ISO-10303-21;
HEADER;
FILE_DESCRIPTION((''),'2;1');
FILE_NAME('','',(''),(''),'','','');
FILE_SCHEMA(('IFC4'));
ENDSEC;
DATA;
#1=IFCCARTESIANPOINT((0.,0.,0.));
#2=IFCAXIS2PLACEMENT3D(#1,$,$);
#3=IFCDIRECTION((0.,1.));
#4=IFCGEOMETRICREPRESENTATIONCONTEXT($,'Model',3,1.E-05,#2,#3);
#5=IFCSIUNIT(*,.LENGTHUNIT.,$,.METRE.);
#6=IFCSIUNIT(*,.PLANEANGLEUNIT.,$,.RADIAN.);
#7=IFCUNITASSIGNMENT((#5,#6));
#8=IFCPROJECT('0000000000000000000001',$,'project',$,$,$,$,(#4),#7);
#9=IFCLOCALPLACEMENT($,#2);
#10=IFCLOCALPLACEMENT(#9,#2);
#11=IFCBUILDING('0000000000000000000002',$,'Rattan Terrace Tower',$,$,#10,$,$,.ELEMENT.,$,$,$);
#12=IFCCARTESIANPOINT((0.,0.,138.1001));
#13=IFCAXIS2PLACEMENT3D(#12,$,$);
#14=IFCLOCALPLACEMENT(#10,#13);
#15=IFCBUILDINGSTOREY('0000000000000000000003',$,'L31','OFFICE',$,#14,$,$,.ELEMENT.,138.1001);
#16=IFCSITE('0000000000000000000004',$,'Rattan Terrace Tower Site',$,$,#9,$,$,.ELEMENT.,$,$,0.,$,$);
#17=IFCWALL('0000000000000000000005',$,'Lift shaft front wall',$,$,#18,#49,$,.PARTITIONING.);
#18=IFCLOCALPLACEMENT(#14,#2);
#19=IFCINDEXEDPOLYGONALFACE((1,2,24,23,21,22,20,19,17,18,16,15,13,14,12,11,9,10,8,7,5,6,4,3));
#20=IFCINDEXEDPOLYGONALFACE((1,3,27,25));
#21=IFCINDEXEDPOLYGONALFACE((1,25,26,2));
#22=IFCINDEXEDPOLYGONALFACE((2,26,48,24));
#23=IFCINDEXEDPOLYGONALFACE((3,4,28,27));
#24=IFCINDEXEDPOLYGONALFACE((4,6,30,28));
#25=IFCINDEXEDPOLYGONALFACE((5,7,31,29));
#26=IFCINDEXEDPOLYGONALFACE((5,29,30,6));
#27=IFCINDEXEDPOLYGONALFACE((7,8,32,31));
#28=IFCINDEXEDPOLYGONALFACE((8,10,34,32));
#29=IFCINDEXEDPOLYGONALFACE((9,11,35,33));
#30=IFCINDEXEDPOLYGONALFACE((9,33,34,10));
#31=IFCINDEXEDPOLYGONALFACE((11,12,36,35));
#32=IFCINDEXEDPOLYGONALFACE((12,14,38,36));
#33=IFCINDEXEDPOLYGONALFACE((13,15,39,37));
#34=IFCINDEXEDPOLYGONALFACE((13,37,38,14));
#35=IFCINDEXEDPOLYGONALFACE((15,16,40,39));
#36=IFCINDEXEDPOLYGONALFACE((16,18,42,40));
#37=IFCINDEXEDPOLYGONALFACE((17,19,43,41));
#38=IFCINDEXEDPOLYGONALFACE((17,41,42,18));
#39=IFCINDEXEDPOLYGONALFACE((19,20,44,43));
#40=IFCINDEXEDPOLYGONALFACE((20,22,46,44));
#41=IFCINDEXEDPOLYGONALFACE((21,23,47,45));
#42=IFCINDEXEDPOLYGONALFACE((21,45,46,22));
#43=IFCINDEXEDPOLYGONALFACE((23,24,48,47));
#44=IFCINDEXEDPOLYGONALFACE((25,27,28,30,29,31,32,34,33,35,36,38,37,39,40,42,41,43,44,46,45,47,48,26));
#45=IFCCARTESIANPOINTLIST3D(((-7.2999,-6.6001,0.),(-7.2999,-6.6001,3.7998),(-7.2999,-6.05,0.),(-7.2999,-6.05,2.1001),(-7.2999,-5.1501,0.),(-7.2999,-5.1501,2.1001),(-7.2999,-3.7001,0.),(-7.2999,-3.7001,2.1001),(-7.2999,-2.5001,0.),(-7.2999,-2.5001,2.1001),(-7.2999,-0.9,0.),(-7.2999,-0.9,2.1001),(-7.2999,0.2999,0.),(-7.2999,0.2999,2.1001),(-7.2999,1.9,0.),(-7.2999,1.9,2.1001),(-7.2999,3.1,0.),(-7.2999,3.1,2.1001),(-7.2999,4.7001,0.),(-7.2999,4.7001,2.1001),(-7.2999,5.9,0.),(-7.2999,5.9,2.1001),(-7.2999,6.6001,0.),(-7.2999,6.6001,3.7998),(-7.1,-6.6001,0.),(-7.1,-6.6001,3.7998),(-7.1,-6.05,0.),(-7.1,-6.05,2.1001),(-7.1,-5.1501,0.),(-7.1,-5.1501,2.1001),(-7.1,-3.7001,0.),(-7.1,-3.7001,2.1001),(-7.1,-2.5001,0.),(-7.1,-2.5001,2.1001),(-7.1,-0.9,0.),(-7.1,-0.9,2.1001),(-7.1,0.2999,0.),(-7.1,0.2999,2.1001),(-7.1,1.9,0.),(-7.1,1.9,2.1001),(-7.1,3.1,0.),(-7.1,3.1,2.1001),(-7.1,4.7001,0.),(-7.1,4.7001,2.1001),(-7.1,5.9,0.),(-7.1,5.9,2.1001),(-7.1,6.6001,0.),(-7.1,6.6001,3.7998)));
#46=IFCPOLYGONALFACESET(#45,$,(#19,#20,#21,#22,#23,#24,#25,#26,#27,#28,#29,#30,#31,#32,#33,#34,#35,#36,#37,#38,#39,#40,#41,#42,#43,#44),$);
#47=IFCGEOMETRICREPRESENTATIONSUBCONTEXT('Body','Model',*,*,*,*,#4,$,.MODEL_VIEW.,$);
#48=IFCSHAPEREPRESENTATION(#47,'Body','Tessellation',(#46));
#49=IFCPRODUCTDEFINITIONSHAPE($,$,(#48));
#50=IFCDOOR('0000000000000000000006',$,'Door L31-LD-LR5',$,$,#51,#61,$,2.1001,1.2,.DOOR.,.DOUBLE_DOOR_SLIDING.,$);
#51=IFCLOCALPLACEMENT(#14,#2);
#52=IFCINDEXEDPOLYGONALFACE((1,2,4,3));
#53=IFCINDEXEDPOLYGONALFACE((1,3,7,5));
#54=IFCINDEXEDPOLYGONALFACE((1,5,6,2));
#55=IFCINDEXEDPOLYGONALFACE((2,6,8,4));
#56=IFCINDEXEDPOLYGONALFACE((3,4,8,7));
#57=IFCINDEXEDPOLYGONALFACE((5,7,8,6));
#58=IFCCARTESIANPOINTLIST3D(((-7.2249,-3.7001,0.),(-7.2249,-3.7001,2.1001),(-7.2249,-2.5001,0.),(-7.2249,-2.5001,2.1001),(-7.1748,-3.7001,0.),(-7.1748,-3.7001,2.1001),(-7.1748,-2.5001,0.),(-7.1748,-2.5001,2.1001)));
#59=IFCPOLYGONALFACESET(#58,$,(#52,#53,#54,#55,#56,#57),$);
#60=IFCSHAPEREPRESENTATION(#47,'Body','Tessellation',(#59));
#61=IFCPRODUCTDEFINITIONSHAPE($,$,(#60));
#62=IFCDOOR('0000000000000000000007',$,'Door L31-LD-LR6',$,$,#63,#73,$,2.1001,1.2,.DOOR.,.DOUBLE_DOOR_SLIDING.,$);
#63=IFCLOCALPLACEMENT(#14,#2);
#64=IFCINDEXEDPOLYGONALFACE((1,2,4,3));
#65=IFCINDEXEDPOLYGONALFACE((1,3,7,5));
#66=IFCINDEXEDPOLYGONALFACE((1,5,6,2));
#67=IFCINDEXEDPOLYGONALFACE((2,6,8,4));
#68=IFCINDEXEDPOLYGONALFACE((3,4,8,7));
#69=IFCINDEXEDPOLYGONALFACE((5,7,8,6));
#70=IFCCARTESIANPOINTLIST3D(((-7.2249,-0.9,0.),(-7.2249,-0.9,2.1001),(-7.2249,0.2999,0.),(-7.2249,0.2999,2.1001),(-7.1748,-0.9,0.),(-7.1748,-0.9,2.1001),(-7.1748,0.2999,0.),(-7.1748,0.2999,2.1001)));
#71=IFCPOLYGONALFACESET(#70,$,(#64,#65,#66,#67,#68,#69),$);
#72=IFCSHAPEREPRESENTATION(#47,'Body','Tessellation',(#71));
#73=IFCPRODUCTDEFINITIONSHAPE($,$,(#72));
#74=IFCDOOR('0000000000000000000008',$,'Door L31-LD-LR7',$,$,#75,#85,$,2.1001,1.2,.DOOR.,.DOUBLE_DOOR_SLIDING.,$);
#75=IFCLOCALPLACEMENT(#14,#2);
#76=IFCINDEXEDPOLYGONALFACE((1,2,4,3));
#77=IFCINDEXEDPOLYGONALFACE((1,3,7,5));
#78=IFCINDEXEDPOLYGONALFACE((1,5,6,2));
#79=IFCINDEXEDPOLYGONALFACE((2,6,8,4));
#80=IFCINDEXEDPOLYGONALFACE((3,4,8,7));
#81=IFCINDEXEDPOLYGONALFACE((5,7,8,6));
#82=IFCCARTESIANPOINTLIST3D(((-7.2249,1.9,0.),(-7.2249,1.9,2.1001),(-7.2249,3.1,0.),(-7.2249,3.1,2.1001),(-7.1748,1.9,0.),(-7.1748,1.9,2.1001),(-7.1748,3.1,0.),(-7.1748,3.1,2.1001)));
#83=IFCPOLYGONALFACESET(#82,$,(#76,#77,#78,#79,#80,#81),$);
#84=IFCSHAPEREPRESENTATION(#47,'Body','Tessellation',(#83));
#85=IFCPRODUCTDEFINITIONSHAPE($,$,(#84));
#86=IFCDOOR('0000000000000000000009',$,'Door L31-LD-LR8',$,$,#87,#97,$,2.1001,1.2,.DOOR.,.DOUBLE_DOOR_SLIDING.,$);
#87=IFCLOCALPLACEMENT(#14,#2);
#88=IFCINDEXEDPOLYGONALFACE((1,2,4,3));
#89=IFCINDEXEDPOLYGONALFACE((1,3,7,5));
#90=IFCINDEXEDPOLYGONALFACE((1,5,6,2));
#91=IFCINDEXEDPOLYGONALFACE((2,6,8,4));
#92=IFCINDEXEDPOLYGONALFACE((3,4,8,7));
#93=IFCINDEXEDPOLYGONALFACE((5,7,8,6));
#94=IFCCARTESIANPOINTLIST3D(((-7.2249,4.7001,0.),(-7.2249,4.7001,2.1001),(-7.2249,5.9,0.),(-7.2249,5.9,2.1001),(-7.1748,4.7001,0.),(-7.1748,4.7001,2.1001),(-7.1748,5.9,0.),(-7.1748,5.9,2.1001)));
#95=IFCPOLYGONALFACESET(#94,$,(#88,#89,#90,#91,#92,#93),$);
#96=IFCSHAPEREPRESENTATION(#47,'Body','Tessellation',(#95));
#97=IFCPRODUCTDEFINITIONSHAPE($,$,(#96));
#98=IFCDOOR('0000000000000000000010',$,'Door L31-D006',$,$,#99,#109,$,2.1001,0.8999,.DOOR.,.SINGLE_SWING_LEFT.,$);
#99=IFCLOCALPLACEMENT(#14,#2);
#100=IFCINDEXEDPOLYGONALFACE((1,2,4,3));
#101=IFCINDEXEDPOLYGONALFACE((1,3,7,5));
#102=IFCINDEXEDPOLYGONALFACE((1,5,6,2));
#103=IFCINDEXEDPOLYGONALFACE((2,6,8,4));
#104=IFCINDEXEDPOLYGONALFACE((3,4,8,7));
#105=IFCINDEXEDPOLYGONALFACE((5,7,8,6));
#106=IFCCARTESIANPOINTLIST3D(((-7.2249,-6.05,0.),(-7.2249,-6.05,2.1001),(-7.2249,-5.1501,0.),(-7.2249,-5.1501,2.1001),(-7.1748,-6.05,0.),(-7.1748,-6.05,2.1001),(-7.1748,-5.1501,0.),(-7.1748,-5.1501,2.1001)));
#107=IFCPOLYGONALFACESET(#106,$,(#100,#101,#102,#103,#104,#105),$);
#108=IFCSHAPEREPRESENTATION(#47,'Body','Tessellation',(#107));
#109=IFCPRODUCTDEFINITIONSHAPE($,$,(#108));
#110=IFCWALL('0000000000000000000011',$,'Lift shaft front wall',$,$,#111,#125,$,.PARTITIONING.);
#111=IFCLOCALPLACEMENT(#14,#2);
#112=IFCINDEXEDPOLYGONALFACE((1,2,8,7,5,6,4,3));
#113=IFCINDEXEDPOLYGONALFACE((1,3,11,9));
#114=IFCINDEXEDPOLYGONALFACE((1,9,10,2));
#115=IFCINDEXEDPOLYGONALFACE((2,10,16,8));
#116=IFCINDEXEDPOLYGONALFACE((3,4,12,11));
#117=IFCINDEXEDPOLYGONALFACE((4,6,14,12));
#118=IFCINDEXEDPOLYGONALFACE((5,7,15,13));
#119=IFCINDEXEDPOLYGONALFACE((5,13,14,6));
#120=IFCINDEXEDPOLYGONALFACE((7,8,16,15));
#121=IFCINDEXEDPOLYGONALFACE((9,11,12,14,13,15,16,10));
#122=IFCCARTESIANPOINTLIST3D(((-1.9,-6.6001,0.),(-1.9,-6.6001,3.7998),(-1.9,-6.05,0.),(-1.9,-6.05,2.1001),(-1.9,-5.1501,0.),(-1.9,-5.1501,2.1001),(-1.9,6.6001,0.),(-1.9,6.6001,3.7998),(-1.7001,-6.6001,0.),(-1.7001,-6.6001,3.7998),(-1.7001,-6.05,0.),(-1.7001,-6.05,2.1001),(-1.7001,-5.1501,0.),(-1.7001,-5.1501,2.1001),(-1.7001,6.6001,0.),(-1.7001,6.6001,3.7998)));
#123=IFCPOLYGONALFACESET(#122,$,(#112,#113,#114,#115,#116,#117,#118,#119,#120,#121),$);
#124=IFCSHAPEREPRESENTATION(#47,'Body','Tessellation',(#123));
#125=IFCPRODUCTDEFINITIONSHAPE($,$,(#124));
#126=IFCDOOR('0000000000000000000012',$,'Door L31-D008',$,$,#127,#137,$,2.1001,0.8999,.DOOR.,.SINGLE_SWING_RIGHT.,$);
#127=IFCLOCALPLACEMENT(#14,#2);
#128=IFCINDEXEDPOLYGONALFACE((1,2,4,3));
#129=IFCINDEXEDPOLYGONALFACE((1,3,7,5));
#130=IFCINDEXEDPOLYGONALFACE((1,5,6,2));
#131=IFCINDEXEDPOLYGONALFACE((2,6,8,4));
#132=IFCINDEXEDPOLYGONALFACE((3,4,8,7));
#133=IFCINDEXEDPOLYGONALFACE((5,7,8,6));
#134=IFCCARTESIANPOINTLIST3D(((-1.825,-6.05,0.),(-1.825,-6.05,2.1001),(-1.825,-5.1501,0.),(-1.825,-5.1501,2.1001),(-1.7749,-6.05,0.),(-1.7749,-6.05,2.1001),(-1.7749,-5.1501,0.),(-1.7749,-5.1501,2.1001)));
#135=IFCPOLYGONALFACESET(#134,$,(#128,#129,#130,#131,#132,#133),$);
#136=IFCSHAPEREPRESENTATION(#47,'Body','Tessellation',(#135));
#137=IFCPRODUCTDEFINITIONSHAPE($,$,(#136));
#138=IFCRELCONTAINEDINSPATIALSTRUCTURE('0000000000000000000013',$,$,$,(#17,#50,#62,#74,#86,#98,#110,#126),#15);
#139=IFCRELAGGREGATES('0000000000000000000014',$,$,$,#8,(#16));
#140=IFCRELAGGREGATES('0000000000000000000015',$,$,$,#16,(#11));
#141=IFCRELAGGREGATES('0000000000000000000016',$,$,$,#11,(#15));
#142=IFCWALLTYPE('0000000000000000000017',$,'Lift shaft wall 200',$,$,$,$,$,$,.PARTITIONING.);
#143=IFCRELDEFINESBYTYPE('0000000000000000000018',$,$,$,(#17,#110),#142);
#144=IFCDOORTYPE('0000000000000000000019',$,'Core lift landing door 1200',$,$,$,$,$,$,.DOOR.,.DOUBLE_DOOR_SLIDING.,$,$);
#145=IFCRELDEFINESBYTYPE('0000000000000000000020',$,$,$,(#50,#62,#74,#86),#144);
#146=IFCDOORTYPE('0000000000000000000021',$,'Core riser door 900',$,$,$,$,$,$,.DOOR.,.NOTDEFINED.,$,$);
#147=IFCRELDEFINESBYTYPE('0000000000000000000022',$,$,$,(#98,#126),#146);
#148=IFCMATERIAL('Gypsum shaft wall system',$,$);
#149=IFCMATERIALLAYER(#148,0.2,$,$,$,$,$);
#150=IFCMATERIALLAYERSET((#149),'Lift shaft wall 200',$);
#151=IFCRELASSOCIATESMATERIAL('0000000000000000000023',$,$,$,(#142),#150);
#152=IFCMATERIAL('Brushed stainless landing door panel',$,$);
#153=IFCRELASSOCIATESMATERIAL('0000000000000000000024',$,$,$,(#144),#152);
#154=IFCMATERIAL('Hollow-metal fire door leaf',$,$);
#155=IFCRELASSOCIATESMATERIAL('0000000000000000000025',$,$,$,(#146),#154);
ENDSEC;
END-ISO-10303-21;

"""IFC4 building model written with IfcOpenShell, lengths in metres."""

from ifc_helpers import new_model, si_unit, direction, frame, frame_2d, origin, place, context, subcontext, project, spatial, rectangle, extrude, material, layer, layer_set, type_object, element, fill, save


model = new_model("IFC4")

# Units and contexts
model_context = context("Model", 3, precision=1e-05, world=origin(), true_north=direction((0.0, 1.0)))
body_context = subcontext(model_context, "Body", "Model", "MODEL_VIEW")
ifc_project = project(units=[si_unit("LENGTHUNIT", "METRE"), si_unit("PLANEANGLEUNIT", "RADIAN")], contexts=[model_context])

# Site, building, storey
site_placement = place(None, origin())
site = spatial("IfcSite", under=ifc_project, at=site_placement, Name="Rattan Terrace Tower Site", CompositionType="ELEMENT", RefElevation=0.0)
building_placement = place(site_placement, origin())
building = spatial("IfcBuilding", under=site, at=building_placement, Name="Rattan Terrace Tower", CompositionType="ELEMENT")
storey_placement = place(building_placement, frame((0.0, 0.0, 138.1001)))
storey = spatial("IfcBuildingStorey", under=building, at=storey_placement, Name="L31", Description="OFFICE", CompositionType="ELEMENT", Elevation=138.1001)

# Wall, openings, doors
ifc_material_1 = material(Name="Gypsum shaft wall system")
ifc_layer_1 = layer(ifc_material_1, 0.2)
ifc_layer_set_1 = layer_set([ifc_layer_1], Name="Lift shaft wall 200")
wall_type_1 = type_object("IfcWallType", Name="Lift shaft wall 200", PredefinedType="PARTITIONING", material=ifc_layer_set_1)
wall_1_placement = place(storey_placement, frame((-7.2, -6.6001, 0.0), z_axis=(0.0, 0.0, 1.0), x_axis=(0.0, 1.0, 0.0)))
wall_1 = element("IfcWall", 1, at=wall_1_placement, inside=storey, type_object=wall_type_1, Name="Lift shaft front wall", PredefinedType="PARTITIONING", context=body_context, shape_type="SweptSolid", body=[
    extrude(rectangle(XDim=13.2002, YDim=0.2, at=frame_2d((6.6001, 0.0))), origin(), (0.0, 0.0, 1.0), 3.7998),
])
opening_1_placement = place(wall_1_placement, frame((0.55, 0.0, 0.0)))
opening_1 = element("IfcOpeningElement", 2, at=opening_1_placement, cuts=wall_1, PredefinedType="OPENING", context=body_context, shape_type="SweptSolid", body=[
    extrude(rectangle(XDim=0.8999, YDim=2.1001, at=frame_2d((0.45, 1.05))), frame((0.0, 0.1106, 0.0), z_axis=(0.0, -1.0, 0.0), x_axis=(1.0, 0.0, 0.0)), (0.0, 0.0, 1.0), 0.2209),
])
opening_2_placement = place(wall_1_placement, frame((2.8999, 0.0, 0.0)))
opening_2 = element("IfcOpeningElement", 3, at=opening_2_placement, cuts=wall_1, PredefinedType="OPENING", context=body_context, shape_type="SweptSolid", body=[
    extrude(rectangle(XDim=1.2, YDim=2.1001, at=frame_2d((0.6001, 1.05))), frame((0.0, 0.1106, 0.0), z_axis=(0.0, -1.0, 0.0), x_axis=(1.0, 0.0, 0.0)), (0.0, 0.0, 1.0), 0.2209),
])
opening_3_placement = place(wall_1_placement, frame((5.7, 0.0, 0.0)))
opening_3 = element("IfcOpeningElement", 4, at=opening_3_placement, cuts=wall_1, PredefinedType="OPENING", context=body_context, shape_type="SweptSolid", body=[
    extrude(rectangle(XDim=1.2, YDim=2.1001, at=frame_2d((0.6001, 1.05))), frame((0.0, 0.1106, 0.0), z_axis=(0.0, -1.0, 0.0), x_axis=(1.0, 0.0, 0.0)), (0.0, 0.0, 1.0), 0.2209),
])
opening_4_placement = place(wall_1_placement, frame((8.5, 0.0, 0.0)))
opening_4 = element("IfcOpeningElement", 5, at=opening_4_placement, cuts=wall_1, PredefinedType="OPENING", context=body_context, shape_type="SweptSolid", body=[
    extrude(rectangle(XDim=1.2, YDim=2.1001, at=frame_2d((0.6001, 1.05))), frame((0.0, 0.1106, 0.0), z_axis=(0.0, -1.0, 0.0), x_axis=(1.0, 0.0, 0.0)), (0.0, 0.0, 1.0), 0.2209),
])
opening_5_placement = place(wall_1_placement, frame((11.3, 0.0, 0.0)))
opening_5 = element("IfcOpeningElement", 6, at=opening_5_placement, cuts=wall_1, PredefinedType="OPENING", context=body_context, shape_type="SweptSolid", body=[
    extrude(rectangle(XDim=1.2, YDim=2.1001, at=frame_2d((0.6001, 1.05))), frame((0.0, 0.1106, 0.0), z_axis=(0.0, -1.0, 0.0), x_axis=(1.0, 0.0, 0.0)), (0.0, 0.0, 1.0), 0.2209),
])
ifc_material_2 = material(Name="Brushed stainless landing door panel")
door_type_1 = type_object("IfcDoorType", Name="Core lift landing door 1200", OperationType="DOUBLE_DOOR_SLIDING", PredefinedType="DOOR", material=ifc_material_2)
door_1_placement = place(opening_2_placement, origin())
door_1 = element("IfcDoor", 7, at=door_1_placement, inside=storey, type_object=door_type_1, Name="Door L31-LD-LR5", OperationType="DOUBLE_DOOR_SLIDING", OverallHeight=2.1001, OverallWidth=1.2, PredefinedType="DOOR", context=body_context, shape_type="SweptSolid", body=[
    extrude(rectangle(XDim=1.2, YDim=2.1001, at=frame_2d((0.6001, 1.05))), frame((0.0, 0.0249, 0.0), z_axis=(0.0, -1.0, 0.0), x_axis=(1.0, 0.0, 0.0)), (0.0, 0.0, 1.0), 0.05),
])
fill(opening_2, door_1)
door_2_placement = place(opening_3_placement, origin())
door_2 = element("IfcDoor", 8, at=door_2_placement, inside=storey, type_object=door_type_1, Name="Door L31-LD-LR6", OperationType="DOUBLE_DOOR_SLIDING", OverallHeight=2.1001, OverallWidth=1.2, PredefinedType="DOOR", context=body_context, shape_type="SweptSolid", body=[
    extrude(rectangle(XDim=1.2, YDim=2.1001, at=frame_2d((0.6001, 1.05))), frame((0.0, 0.0249, 0.0), z_axis=(0.0, -1.0, 0.0), x_axis=(1.0, 0.0, 0.0)), (0.0, 0.0, 1.0), 0.05),
])
fill(opening_3, door_2)
door_3_placement = place(opening_4_placement, origin())
door_3 = element("IfcDoor", 9, at=door_3_placement, inside=storey, type_object=door_type_1, Name="Door L31-LD-LR7", OperationType="DOUBLE_DOOR_SLIDING", OverallHeight=2.1001, OverallWidth=1.2, PredefinedType="DOOR", context=body_context, shape_type="SweptSolid", body=[
    extrude(rectangle(XDim=1.2, YDim=2.1001, at=frame_2d((0.6001, 1.05))), frame((0.0, 0.0249, 0.0), z_axis=(0.0, -1.0, 0.0), x_axis=(1.0, 0.0, 0.0)), (0.0, 0.0, 1.0), 0.05),
])
fill(opening_4, door_3)
door_4_placement = place(opening_5_placement, origin())
door_4 = element("IfcDoor", 10, at=door_4_placement, inside=storey, type_object=door_type_1, Name="Door L31-LD-LR8", OperationType="DOUBLE_DOOR_SLIDING", OverallHeight=2.1001, OverallWidth=1.2, PredefinedType="DOOR", context=body_context, shape_type="SweptSolid", body=[
    extrude(rectangle(XDim=1.2, YDim=2.1001, at=frame_2d((0.6001, 1.05))), frame((0.0, 0.0249, 0.0), z_axis=(0.0, -1.0, 0.0), x_axis=(1.0, 0.0, 0.0)), (0.0, 0.0, 1.0), 0.05),
])
fill(opening_5, door_4)
ifc_material_3 = material(Name="Hollow-metal fire door leaf")
door_type_2 = type_object("IfcDoorType", Name="Core riser door 900", OperationType="NOTDEFINED", PredefinedType="DOOR", material=ifc_material_3)
door_5_placement = place(opening_1_placement, origin())
door_5 = element("IfcDoor", 11, at=door_5_placement, inside=storey, type_object=door_type_2, Name="Door L31-D006", OperationType="SINGLE_SWING_LEFT", OverallHeight=2.1001, OverallWidth=0.8999, PredefinedType="DOOR", context=body_context, shape_type="SweptSolid", body=[
    extrude(rectangle(XDim=0.8999, YDim=2.1001, at=frame_2d((0.45, 1.05))), frame((0.0, 0.0249, 0.0), z_axis=(0.0, -1.0, 0.0), x_axis=(1.0, 0.0, 0.0)), (0.0, 0.0, 1.0), 0.05),
])
fill(opening_1, door_5)

# Wall, opening, door
wall_2_placement = place(storey_placement, frame((-1.8, -6.6001, 0.0), z_axis=(0.0, 0.0, 1.0), x_axis=(0.0, 1.0, 0.0)))
wall_2 = element("IfcWall", 12, at=wall_2_placement, inside=storey, type_object=wall_type_1, Name="Lift shaft front wall", PredefinedType="PARTITIONING", context=body_context, shape_type="SweptSolid", body=[
    extrude(rectangle(XDim=13.2002, YDim=0.2, at=frame_2d((6.6001, 0.0))), origin(), (0.0, 0.0, 1.0), 3.7998),
])
opening_6_placement = place(wall_2_placement, frame((0.55, 0.0, 0.0)))
opening_6 = element("IfcOpeningElement", 13, at=opening_6_placement, cuts=wall_2, PredefinedType="OPENING", context=body_context, shape_type="SweptSolid", body=[
    extrude(rectangle(XDim=0.8999, YDim=2.1001, at=frame_2d((0.45, 1.05))), frame((0.0, 0.1106, 0.0), z_axis=(0.0, -1.0, 0.0), x_axis=(1.0, 0.0, 0.0)), (0.0, 0.0, 1.0), 0.2209),
])
door_6_placement = place(opening_6_placement, origin())
door_6 = element("IfcDoor", 14, at=door_6_placement, inside=storey, type_object=door_type_2, Name="Door L31-D008", OperationType="SINGLE_SWING_RIGHT", OverallHeight=2.1001, OverallWidth=0.8999, PredefinedType="DOOR", context=body_context, shape_type="SweptSolid", body=[
    extrude(rectangle(XDim=0.8999, YDim=2.1001, at=frame_2d((0.45, 1.05))), frame((0.0, 0.0249, 0.0), z_axis=(0.0, -1.0, 0.0), x_axis=(1.0, 0.0, 0.0)), (0.0, 0.0, 1.0), 0.05),
])
fill(opening_6, door_6)

save(model, "model.ifc")
